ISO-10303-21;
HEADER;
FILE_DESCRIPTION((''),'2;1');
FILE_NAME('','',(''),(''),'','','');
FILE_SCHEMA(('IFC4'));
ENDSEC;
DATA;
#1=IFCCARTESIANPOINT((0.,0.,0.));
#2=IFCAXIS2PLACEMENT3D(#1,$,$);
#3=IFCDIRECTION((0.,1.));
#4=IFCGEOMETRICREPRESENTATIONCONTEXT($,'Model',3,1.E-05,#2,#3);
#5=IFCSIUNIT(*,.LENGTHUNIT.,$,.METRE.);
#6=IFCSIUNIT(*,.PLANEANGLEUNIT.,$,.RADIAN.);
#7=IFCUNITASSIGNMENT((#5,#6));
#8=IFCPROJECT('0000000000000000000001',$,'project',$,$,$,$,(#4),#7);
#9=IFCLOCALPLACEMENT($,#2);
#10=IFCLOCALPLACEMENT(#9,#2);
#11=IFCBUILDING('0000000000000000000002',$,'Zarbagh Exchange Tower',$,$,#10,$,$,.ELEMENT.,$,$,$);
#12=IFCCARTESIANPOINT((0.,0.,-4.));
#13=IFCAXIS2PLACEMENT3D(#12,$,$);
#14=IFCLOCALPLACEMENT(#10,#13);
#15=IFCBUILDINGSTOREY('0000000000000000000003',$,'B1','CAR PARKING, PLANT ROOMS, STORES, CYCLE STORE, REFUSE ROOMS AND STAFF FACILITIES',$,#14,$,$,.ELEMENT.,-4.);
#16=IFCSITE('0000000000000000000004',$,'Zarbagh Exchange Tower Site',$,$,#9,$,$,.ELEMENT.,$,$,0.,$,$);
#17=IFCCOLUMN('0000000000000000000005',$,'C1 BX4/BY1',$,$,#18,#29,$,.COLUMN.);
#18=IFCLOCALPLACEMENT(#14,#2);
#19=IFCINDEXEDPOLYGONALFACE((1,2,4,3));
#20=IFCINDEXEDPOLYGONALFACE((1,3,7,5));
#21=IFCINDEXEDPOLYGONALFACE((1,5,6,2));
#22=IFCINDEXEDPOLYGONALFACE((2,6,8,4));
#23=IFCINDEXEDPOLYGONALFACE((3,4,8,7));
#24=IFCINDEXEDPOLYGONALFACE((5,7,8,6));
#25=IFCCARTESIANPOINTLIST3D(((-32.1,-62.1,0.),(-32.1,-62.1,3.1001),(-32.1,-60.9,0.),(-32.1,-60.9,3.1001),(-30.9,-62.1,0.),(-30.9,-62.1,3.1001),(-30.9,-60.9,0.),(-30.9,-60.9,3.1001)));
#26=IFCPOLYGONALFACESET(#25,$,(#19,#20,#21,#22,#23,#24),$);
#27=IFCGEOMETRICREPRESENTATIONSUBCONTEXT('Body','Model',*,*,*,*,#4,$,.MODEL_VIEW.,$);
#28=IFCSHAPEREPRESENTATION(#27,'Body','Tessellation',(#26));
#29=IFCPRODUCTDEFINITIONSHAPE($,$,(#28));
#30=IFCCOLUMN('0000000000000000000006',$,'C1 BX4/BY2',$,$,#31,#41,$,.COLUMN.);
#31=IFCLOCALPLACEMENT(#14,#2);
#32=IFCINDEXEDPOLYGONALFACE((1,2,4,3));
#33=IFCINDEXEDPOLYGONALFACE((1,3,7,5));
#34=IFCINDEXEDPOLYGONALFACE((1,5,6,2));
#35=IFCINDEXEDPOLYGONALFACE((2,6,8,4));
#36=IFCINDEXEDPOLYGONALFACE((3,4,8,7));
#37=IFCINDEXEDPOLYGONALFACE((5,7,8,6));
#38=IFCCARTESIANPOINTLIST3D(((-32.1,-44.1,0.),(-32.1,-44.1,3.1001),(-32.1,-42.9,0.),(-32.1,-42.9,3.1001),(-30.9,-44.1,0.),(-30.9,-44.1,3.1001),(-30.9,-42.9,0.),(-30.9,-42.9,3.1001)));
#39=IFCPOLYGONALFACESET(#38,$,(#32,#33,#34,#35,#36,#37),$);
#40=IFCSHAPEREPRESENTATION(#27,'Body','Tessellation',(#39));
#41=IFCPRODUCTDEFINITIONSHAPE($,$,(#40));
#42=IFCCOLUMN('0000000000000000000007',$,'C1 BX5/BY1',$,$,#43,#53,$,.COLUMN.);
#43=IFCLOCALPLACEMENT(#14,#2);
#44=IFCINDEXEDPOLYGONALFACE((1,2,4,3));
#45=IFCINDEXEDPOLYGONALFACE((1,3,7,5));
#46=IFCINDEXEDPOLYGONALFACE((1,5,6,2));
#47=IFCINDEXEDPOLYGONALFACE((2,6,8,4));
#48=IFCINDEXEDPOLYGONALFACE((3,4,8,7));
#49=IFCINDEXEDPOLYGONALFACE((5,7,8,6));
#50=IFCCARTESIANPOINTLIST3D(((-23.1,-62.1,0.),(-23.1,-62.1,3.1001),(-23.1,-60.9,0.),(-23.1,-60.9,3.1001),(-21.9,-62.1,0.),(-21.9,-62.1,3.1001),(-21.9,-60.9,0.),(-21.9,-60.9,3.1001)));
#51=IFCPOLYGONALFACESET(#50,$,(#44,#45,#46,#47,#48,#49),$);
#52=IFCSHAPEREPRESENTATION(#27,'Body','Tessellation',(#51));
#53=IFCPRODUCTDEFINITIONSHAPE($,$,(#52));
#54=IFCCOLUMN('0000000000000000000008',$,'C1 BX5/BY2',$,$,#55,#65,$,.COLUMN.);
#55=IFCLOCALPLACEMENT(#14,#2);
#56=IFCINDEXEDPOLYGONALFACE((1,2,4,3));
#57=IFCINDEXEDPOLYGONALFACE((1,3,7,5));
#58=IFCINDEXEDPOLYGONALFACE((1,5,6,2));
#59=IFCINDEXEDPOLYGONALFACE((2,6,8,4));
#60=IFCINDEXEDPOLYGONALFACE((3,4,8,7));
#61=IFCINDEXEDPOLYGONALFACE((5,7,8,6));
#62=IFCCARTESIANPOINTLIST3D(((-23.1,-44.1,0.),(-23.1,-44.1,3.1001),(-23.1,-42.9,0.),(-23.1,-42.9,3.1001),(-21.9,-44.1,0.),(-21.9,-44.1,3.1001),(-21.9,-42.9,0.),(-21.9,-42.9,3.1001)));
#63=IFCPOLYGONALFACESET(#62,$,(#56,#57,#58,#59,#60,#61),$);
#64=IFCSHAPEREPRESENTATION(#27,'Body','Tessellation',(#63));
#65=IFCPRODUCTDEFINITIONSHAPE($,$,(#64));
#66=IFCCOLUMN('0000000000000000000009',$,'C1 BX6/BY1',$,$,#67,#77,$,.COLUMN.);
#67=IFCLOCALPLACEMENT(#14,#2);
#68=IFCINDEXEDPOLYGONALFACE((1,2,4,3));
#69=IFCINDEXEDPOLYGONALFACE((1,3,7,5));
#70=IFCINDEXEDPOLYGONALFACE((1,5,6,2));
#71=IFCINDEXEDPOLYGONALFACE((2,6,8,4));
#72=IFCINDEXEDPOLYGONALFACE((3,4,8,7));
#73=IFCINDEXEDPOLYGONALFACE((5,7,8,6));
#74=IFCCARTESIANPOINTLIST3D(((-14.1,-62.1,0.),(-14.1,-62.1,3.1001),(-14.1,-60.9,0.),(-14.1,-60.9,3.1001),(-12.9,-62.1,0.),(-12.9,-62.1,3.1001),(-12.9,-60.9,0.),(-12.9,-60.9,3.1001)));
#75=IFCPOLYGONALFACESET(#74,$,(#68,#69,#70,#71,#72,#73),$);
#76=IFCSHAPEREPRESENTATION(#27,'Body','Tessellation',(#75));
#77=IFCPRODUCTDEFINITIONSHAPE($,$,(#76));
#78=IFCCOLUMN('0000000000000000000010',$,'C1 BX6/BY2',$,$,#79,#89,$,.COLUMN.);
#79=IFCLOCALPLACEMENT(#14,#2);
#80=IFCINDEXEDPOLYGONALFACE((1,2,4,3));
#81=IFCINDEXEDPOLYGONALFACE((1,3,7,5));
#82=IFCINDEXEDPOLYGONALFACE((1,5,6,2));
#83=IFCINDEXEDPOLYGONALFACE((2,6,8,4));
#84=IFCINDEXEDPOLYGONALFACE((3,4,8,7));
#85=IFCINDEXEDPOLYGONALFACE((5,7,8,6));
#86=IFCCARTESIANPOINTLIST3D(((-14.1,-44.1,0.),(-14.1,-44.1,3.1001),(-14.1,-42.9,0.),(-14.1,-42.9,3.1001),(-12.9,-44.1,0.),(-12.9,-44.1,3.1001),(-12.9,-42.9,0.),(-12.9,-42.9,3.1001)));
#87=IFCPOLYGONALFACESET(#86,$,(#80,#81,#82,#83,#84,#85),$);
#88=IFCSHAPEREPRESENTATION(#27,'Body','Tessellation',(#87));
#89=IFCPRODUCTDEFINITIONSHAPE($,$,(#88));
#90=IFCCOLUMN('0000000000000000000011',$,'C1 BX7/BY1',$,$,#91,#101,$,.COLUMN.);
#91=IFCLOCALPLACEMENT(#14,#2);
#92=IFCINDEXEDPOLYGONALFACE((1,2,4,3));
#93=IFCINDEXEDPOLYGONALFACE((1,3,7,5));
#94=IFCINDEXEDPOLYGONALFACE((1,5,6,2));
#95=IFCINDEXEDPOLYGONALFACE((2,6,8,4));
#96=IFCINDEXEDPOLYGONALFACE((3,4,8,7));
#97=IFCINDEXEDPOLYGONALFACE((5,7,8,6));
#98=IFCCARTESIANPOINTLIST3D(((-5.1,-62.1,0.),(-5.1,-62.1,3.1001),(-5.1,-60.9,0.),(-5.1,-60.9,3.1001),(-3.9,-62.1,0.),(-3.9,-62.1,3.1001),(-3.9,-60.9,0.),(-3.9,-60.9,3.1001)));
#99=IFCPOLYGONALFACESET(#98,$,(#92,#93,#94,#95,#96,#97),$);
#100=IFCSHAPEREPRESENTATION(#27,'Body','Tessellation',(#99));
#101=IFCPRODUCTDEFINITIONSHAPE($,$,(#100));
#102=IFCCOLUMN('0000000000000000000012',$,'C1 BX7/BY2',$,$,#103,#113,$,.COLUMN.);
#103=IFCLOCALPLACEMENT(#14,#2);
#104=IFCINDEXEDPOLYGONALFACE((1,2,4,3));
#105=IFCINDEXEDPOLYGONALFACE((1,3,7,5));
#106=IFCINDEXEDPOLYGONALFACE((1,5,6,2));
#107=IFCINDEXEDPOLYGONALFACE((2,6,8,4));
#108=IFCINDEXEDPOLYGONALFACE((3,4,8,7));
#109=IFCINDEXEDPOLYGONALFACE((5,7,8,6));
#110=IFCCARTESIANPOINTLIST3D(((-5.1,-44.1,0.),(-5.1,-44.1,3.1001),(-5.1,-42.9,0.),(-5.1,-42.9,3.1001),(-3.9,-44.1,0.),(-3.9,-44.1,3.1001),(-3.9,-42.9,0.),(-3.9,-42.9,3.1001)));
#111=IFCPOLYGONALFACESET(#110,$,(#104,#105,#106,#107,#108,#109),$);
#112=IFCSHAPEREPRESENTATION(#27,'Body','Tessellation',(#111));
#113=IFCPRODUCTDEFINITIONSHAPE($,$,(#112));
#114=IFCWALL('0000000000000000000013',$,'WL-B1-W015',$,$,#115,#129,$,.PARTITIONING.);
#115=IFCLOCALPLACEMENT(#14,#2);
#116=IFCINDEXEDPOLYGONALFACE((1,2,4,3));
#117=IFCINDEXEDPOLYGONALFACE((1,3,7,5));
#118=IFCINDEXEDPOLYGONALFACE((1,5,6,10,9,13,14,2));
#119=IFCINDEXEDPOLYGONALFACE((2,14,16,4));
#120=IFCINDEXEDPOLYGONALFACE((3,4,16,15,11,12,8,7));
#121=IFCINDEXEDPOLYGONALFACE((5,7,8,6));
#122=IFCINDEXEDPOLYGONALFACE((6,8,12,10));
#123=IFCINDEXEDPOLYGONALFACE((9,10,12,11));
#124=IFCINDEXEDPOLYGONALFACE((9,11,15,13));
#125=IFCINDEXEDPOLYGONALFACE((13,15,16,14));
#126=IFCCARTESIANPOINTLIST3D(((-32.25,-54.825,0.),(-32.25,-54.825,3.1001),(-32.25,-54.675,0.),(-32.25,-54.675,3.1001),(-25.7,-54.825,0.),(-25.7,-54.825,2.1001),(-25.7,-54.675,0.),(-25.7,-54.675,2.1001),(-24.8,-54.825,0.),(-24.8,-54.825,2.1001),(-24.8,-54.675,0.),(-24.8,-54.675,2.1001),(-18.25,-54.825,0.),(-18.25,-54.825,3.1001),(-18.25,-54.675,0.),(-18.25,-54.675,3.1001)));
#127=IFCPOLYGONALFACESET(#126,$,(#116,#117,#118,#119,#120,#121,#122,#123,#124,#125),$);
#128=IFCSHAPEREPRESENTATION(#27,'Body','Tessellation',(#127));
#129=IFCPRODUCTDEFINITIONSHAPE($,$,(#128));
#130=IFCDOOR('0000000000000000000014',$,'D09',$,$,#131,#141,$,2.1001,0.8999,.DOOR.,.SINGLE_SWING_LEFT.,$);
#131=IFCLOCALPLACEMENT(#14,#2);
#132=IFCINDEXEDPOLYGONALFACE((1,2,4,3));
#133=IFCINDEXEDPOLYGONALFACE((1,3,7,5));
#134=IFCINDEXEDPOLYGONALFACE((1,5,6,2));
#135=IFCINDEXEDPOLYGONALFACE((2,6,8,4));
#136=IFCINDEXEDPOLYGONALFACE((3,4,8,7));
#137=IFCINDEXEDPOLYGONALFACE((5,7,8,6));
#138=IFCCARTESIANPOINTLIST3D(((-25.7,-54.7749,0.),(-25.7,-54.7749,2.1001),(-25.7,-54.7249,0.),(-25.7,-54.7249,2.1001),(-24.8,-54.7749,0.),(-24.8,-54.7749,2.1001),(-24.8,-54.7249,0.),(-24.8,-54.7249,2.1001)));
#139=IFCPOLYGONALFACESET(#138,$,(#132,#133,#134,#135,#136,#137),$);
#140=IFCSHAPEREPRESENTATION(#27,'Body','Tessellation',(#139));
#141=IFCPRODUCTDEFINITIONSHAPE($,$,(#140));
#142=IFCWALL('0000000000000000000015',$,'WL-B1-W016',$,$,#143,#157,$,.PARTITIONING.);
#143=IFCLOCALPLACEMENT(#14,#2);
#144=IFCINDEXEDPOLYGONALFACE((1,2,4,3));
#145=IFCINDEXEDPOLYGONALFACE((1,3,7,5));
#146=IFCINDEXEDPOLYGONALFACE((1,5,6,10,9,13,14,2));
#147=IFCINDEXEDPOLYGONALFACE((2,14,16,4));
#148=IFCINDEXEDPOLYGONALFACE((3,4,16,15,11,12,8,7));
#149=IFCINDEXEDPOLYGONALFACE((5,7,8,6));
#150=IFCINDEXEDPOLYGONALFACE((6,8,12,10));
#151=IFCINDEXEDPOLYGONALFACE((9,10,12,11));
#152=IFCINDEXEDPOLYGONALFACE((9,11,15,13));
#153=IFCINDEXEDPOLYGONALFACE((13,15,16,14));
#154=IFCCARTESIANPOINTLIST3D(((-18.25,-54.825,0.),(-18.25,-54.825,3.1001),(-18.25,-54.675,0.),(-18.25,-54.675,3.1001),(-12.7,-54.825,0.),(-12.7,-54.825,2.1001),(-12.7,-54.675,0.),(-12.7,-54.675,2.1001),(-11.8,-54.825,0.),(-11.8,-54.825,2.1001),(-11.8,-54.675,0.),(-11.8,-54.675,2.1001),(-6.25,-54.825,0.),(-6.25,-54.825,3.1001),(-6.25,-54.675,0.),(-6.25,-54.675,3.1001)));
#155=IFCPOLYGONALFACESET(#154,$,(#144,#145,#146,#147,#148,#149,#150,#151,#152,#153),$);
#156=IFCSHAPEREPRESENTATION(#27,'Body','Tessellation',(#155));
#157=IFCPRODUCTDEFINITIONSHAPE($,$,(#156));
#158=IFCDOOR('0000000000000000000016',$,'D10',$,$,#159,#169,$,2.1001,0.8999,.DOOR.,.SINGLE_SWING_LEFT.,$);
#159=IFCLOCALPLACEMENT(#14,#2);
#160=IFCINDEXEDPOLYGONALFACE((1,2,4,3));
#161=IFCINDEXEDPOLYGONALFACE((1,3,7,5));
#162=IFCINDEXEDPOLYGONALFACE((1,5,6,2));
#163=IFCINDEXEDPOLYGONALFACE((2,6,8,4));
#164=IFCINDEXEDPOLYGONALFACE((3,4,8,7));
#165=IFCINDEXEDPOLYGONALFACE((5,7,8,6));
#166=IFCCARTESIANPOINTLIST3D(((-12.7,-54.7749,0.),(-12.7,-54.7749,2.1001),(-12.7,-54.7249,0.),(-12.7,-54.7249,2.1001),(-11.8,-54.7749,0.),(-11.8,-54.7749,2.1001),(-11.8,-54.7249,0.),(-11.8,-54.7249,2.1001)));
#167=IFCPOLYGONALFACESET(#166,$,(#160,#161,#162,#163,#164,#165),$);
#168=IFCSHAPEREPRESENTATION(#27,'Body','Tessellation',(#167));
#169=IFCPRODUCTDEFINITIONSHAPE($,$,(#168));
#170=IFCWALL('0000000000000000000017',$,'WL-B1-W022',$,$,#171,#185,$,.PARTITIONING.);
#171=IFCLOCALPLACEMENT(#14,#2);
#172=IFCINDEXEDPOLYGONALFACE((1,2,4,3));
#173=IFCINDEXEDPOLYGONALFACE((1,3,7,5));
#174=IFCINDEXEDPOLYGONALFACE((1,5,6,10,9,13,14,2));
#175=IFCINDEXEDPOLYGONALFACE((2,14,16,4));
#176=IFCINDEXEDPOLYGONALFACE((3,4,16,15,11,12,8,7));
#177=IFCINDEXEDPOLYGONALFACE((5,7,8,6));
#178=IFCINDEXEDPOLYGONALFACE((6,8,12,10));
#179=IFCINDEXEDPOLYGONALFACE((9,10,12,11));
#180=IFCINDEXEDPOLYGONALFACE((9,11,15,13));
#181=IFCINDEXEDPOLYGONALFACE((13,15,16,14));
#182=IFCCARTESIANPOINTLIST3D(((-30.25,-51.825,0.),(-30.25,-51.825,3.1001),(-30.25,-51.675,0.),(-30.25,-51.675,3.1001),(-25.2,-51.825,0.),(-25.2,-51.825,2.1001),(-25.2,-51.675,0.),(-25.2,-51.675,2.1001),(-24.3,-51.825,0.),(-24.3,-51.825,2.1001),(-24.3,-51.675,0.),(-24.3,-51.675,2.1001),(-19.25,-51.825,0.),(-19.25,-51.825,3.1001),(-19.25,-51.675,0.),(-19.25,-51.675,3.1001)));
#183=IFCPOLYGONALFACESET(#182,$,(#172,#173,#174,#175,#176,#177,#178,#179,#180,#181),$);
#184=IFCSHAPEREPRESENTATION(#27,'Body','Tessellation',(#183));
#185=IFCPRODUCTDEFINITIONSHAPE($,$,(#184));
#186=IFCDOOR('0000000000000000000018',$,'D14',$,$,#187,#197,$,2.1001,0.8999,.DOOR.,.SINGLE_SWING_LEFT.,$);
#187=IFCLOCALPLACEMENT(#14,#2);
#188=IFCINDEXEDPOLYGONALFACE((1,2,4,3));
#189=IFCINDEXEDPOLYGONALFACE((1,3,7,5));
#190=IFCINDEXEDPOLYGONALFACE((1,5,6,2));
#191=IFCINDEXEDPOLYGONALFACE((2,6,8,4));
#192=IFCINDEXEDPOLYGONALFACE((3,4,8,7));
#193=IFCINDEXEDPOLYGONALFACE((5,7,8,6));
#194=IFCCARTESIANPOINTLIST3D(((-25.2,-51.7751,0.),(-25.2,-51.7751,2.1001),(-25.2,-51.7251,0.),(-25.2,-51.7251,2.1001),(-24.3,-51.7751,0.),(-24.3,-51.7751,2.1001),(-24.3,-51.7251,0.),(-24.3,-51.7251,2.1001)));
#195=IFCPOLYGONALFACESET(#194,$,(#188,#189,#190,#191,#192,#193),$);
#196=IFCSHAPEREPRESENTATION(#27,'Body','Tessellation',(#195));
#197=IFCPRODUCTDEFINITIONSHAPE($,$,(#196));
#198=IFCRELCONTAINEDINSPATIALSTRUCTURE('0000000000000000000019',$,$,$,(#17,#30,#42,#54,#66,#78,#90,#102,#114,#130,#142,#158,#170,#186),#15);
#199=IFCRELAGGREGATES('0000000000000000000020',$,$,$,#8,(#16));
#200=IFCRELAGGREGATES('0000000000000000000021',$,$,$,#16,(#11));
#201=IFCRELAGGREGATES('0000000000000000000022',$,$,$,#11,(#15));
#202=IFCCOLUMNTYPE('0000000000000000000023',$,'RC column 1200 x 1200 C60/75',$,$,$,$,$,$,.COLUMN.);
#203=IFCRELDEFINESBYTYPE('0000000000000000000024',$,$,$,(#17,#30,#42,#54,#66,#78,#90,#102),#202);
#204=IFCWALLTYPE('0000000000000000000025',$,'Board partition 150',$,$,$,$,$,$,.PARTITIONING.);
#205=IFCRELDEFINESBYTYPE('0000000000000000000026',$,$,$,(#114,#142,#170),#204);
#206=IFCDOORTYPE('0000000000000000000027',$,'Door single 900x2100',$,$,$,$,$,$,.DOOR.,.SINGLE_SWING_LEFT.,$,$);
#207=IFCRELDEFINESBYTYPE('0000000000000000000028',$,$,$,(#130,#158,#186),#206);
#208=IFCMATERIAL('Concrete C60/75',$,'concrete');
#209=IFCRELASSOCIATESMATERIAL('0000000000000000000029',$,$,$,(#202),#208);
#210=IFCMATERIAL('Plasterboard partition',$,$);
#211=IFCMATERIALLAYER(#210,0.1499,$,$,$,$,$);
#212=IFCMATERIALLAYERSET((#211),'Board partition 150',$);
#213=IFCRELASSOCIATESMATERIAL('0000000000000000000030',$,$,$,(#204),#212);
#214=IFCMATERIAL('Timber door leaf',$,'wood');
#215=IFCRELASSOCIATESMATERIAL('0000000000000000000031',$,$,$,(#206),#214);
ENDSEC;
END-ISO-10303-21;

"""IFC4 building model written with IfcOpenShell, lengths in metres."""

from ifc_helpers import new_model, si_unit, direction, frame, frame_2d, origin, origin_2d, place, context, subcontext, project, spatial, rectangle, extrude, material, layer, layer_set, material_profile, profile_set, type_object, element, fill, save


model = new_model("IFC4")

# Units and contexts
model_context = context("Model", 3, precision=1e-05, world=origin(), true_north=direction((0.0, 1.0)))
body_context = subcontext(model_context, "Body", "Model", "MODEL_VIEW")
ifc_project = project(units=[si_unit("LENGTHUNIT", "METRE"), si_unit("PLANEANGLEUNIT", "RADIAN")], contexts=[model_context])

# Site, building, storey
site_placement = place(None, origin())
site = spatial("IfcSite", under=ifc_project, at=site_placement, Name="Zarbagh Exchange Tower Site", CompositionType="ELEMENT", RefElevation=0.0)
building_placement = place(site_placement, origin())
building = spatial("IfcBuilding", under=site, at=building_placement, Name="Zarbagh Exchange Tower", CompositionType="ELEMENT")
storey_placement = place(building_placement, frame((0.0, 0.0, -4.0)))
storey = spatial("IfcBuildingStorey", under=building, at=storey_placement, Name="B1", Description="CAR PARKING, PLANT ROOMS, STORES, CYCLE STORE, REFUSE ROOMS AND STAFF FACILITIES", CompositionType="ELEMENT", Elevation=-4.0)

# Columns
ifc_material_1 = material(Name="Concrete C60/75", Category="concrete")
ifc_material_profile = material_profile(ifc_material_1, rectangle(XDim=1.2, YDim=1.2, at=origin_2d()), Name="RC column 1200 x 1200 C60/75")
ifc_profile_set = profile_set([ifc_material_profile], Name="Concrete C60/75")
column_type = type_object("IfcColumnType", Name="RC column 1200 x 1200 C60/75", PredefinedType="COLUMN", material=ifc_profile_set)
for number, where, z_axis, x_axis, name in (
    (1, (-31.5, -61.5, 0.0), (0.0, 0.0, 1.0), (1.0, 0.0, 0.0), "C1 BX4/BY1"),
    (2, (-31.5, -43.5, 0.0), (0.0, 0.0, 1.0), (1.0, 0.0, 0.0), "C1 BX4/BY2"),
    (3, (-22.5, -61.5, 0.0), (0.0, 0.0, 1.0), (1.0, 0.0, 0.0), "C1 BX5/BY1"),
    (4, (-22.5, -43.5, 0.0), (0.0, 0.0, 1.0), (1.0, 0.0, 0.0), "C1 BX5/BY2"),
    (5, (-13.5, -61.5, 0.0), (0.0, 0.0, 1.0), (1.0, 0.0, 0.0), "C1 BX6/BY1"),
    (6, (-13.5, -43.5, 0.0), (0.0, 0.0, 1.0), (1.0, 0.0, 0.0), "C1 BX6/BY2"),
    (7, (-4.5, -61.5, 0.0), (0.0, 0.0, 1.0), (1.0, 0.0, 0.0), "C1 BX7/BY1"),
    (8, (-4.5, -43.5, 0.0), (0.0, 0.0, 1.0), (1.0, 0.0, 0.0), "C1 BX7/BY2"),
):
    element("IfcColumn", number, at=place(storey_placement, frame(where, z_axis=z_axis, x_axis=x_axis)), inside=storey, type_object=column_type, Name=name, PredefinedType="COLUMN", context=body_context, shape_type="SweptSolid", body=[
        extrude(rectangle(XDim=1.2, YDim=1.2, at=origin_2d()), origin(), (0.0, 0.0, 1.0), 3.1001),
    ])

# Walls, openings, doors
ifc_material_2 = material(Name="Plasterboard partition")
ifc_layer = layer(ifc_material_2, 0.1499)
ifc_layer_set = layer_set([ifc_layer], Name="Board partition 150")
wall_type = type_object("IfcWallType", Name="Board partition 150", PredefinedType="PARTITIONING", material=ifc_layer_set)
wall_1_placement = place(storey_placement, frame((-18.25, -54.75, 0.0), z_axis=(0.0, 0.0, 1.0), x_axis=(-1.0, 0.0, 0.0)))
wall_1 = element("IfcWall", 9, at=wall_1_placement, inside=storey, type_object=wall_type, Name="WL-B1-W015", PredefinedType="PARTITIONING", context=body_context, shape_type="SweptSolid", body=[
    extrude(rectangle(XDim=14.0, YDim=0.1499, at=frame_2d((7.0, 0.0))), origin(), (0.0, 0.0, 1.0), 3.1001),
])
opening_1_placement = place(wall_1_placement, frame((6.55, 0.0, 0.0)))
opening_1 = element("IfcOpeningElement", 10, at=opening_1_placement, cuts=wall_1, PredefinedType="OPENING", context=body_context, shape_type="SweptSolid", body=[
    extrude(rectangle(XDim=0.8999, YDim=2.1001, at=frame_2d((0.45, 1.05))), frame((0.0, 0.085, 0.0), z_axis=(0.0, -1.0, 0.0), x_axis=(1.0, 0.0, 0.0)), (0.0, 0.0, 1.0), 0.1699),
])
ifc_material_3 = material(Name="Timber door leaf", Category="wood")
door_type = type_object("IfcDoorType", Name="Door single 900x2100", OperationType="SINGLE_SWING_LEFT", PredefinedType="DOOR", material=ifc_material_3)
door_1_placement = place(opening_1_placement, origin())
door_1 = element("IfcDoor", 11, at=door_1_placement, inside=storey, type_object=door_type, Name="D09", OperationType="SINGLE_SWING_LEFT", OverallHeight=2.1001, OverallWidth=0.8999, PredefinedType="DOOR", context=body_context, shape_type="SweptSolid", body=[
    extrude(rectangle(XDim=0.8999, YDim=2.1001, at=frame_2d((0.45, 1.05))), frame((0.0, 0.0249, 0.0), z_axis=(0.0, -1.0, 0.0), x_axis=(1.0, 0.0, 0.0)), (0.0, 0.0, 1.0), 0.05),
])
fill(opening_1, door_1)
wall_2_placement = place(storey_placement, frame((-6.25, -54.75, 0.0), z_axis=(0.0, 0.0, 1.0), x_axis=(-1.0, 0.0, 0.0)))
wall_2 = element("IfcWall", 12, at=wall_2_placement, inside=storey, type_object=wall_type, Name="WL-B1-W016", PredefinedType="PARTITIONING", context=body_context, shape_type="SweptSolid", body=[
    extrude(rectangle(XDim=12.0, YDim=0.1499, at=frame_2d((6.0, 0.0))), origin(), (0.0, 0.0, 1.0), 3.1001),
])
opening_2_placement = place(wall_2_placement, frame((5.55, 0.0, 0.0)))
opening_2 = element("IfcOpeningElement", 13, at=opening_2_placement, cuts=wall_2, PredefinedType="OPENING", context=body_context, shape_type="SweptSolid", body=[
    extrude(rectangle(XDim=0.8999, YDim=2.1001, at=frame_2d((0.45, 1.05))), frame((0.0, 0.085, 0.0), z_axis=(0.0, -1.0, 0.0), x_axis=(1.0, 0.0, 0.0)), (0.0, 0.0, 1.0), 0.1699),
])
door_2_placement = place(opening_2_placement, origin())
door_2 = element("IfcDoor", 14, at=door_2_placement, inside=storey, type_object=door_type, Name="D10", OperationType="SINGLE_SWING_LEFT", OverallHeight=2.1001, OverallWidth=0.8999, PredefinedType="DOOR", context=body_context, shape_type="SweptSolid", body=[
    extrude(rectangle(XDim=0.8999, YDim=2.1001, at=frame_2d((0.45, 1.05))), frame((0.0, 0.0249, 0.0), z_axis=(0.0, -1.0, 0.0), x_axis=(1.0, 0.0, 0.0)), (0.0, 0.0, 1.0), 0.05),
])
fill(opening_2, door_2)
wall_3_placement = place(storey_placement, frame((-30.25, -51.75, 0.0), z_axis=(0.0, 0.0, 1.0), x_axis=(1.0, 0.0, 0.0)))
wall_3 = element("IfcWall", 15, at=wall_3_placement, inside=storey, type_object=wall_type, Name="WL-B1-W022", PredefinedType="PARTITIONING", context=body_context, shape_type="SweptSolid", body=[
    extrude(rectangle(XDim=11.0, YDim=0.1499, at=frame_2d((5.5, 0.0))), origin(), (0.0, 0.0, 1.0), 3.1001),
])
opening_3_placement = place(wall_3_placement, frame((5.05, 0.0, 0.0)))
opening_3 = element("IfcOpeningElement", 16, at=opening_3_placement, cuts=wall_3, PredefinedType="OPENING", context=body_context, shape_type="SweptSolid", body=[
    extrude(rectangle(XDim=0.8999, YDim=2.1001, at=frame_2d((0.45, 1.05))), frame((0.0, 0.085, 0.0), z_axis=(0.0, -1.0, 0.0), x_axis=(1.0, 0.0, 0.0)), (0.0, 0.0, 1.0), 0.1699),
])
door_3_placement = place(opening_3_placement, origin())
door_3 = element("IfcDoor", 17, at=door_3_placement, inside=storey, type_object=door_type, Name="D14", OperationType="SINGLE_SWING_LEFT", OverallHeight=2.1001, OverallWidth=0.8999, PredefinedType="DOOR", context=body_context, shape_type="SweptSolid", body=[
    extrude(rectangle(XDim=0.8999, YDim=2.1001, at=frame_2d((0.45, 1.05))), frame((0.0, 0.0249, 0.0), z_axis=(0.0, -1.0, 0.0), x_axis=(1.0, 0.0, 0.0)), (0.0, 0.0, 1.0), 0.05),
])
fill(opening_3, door_3)

save(model, "model.ifc")
